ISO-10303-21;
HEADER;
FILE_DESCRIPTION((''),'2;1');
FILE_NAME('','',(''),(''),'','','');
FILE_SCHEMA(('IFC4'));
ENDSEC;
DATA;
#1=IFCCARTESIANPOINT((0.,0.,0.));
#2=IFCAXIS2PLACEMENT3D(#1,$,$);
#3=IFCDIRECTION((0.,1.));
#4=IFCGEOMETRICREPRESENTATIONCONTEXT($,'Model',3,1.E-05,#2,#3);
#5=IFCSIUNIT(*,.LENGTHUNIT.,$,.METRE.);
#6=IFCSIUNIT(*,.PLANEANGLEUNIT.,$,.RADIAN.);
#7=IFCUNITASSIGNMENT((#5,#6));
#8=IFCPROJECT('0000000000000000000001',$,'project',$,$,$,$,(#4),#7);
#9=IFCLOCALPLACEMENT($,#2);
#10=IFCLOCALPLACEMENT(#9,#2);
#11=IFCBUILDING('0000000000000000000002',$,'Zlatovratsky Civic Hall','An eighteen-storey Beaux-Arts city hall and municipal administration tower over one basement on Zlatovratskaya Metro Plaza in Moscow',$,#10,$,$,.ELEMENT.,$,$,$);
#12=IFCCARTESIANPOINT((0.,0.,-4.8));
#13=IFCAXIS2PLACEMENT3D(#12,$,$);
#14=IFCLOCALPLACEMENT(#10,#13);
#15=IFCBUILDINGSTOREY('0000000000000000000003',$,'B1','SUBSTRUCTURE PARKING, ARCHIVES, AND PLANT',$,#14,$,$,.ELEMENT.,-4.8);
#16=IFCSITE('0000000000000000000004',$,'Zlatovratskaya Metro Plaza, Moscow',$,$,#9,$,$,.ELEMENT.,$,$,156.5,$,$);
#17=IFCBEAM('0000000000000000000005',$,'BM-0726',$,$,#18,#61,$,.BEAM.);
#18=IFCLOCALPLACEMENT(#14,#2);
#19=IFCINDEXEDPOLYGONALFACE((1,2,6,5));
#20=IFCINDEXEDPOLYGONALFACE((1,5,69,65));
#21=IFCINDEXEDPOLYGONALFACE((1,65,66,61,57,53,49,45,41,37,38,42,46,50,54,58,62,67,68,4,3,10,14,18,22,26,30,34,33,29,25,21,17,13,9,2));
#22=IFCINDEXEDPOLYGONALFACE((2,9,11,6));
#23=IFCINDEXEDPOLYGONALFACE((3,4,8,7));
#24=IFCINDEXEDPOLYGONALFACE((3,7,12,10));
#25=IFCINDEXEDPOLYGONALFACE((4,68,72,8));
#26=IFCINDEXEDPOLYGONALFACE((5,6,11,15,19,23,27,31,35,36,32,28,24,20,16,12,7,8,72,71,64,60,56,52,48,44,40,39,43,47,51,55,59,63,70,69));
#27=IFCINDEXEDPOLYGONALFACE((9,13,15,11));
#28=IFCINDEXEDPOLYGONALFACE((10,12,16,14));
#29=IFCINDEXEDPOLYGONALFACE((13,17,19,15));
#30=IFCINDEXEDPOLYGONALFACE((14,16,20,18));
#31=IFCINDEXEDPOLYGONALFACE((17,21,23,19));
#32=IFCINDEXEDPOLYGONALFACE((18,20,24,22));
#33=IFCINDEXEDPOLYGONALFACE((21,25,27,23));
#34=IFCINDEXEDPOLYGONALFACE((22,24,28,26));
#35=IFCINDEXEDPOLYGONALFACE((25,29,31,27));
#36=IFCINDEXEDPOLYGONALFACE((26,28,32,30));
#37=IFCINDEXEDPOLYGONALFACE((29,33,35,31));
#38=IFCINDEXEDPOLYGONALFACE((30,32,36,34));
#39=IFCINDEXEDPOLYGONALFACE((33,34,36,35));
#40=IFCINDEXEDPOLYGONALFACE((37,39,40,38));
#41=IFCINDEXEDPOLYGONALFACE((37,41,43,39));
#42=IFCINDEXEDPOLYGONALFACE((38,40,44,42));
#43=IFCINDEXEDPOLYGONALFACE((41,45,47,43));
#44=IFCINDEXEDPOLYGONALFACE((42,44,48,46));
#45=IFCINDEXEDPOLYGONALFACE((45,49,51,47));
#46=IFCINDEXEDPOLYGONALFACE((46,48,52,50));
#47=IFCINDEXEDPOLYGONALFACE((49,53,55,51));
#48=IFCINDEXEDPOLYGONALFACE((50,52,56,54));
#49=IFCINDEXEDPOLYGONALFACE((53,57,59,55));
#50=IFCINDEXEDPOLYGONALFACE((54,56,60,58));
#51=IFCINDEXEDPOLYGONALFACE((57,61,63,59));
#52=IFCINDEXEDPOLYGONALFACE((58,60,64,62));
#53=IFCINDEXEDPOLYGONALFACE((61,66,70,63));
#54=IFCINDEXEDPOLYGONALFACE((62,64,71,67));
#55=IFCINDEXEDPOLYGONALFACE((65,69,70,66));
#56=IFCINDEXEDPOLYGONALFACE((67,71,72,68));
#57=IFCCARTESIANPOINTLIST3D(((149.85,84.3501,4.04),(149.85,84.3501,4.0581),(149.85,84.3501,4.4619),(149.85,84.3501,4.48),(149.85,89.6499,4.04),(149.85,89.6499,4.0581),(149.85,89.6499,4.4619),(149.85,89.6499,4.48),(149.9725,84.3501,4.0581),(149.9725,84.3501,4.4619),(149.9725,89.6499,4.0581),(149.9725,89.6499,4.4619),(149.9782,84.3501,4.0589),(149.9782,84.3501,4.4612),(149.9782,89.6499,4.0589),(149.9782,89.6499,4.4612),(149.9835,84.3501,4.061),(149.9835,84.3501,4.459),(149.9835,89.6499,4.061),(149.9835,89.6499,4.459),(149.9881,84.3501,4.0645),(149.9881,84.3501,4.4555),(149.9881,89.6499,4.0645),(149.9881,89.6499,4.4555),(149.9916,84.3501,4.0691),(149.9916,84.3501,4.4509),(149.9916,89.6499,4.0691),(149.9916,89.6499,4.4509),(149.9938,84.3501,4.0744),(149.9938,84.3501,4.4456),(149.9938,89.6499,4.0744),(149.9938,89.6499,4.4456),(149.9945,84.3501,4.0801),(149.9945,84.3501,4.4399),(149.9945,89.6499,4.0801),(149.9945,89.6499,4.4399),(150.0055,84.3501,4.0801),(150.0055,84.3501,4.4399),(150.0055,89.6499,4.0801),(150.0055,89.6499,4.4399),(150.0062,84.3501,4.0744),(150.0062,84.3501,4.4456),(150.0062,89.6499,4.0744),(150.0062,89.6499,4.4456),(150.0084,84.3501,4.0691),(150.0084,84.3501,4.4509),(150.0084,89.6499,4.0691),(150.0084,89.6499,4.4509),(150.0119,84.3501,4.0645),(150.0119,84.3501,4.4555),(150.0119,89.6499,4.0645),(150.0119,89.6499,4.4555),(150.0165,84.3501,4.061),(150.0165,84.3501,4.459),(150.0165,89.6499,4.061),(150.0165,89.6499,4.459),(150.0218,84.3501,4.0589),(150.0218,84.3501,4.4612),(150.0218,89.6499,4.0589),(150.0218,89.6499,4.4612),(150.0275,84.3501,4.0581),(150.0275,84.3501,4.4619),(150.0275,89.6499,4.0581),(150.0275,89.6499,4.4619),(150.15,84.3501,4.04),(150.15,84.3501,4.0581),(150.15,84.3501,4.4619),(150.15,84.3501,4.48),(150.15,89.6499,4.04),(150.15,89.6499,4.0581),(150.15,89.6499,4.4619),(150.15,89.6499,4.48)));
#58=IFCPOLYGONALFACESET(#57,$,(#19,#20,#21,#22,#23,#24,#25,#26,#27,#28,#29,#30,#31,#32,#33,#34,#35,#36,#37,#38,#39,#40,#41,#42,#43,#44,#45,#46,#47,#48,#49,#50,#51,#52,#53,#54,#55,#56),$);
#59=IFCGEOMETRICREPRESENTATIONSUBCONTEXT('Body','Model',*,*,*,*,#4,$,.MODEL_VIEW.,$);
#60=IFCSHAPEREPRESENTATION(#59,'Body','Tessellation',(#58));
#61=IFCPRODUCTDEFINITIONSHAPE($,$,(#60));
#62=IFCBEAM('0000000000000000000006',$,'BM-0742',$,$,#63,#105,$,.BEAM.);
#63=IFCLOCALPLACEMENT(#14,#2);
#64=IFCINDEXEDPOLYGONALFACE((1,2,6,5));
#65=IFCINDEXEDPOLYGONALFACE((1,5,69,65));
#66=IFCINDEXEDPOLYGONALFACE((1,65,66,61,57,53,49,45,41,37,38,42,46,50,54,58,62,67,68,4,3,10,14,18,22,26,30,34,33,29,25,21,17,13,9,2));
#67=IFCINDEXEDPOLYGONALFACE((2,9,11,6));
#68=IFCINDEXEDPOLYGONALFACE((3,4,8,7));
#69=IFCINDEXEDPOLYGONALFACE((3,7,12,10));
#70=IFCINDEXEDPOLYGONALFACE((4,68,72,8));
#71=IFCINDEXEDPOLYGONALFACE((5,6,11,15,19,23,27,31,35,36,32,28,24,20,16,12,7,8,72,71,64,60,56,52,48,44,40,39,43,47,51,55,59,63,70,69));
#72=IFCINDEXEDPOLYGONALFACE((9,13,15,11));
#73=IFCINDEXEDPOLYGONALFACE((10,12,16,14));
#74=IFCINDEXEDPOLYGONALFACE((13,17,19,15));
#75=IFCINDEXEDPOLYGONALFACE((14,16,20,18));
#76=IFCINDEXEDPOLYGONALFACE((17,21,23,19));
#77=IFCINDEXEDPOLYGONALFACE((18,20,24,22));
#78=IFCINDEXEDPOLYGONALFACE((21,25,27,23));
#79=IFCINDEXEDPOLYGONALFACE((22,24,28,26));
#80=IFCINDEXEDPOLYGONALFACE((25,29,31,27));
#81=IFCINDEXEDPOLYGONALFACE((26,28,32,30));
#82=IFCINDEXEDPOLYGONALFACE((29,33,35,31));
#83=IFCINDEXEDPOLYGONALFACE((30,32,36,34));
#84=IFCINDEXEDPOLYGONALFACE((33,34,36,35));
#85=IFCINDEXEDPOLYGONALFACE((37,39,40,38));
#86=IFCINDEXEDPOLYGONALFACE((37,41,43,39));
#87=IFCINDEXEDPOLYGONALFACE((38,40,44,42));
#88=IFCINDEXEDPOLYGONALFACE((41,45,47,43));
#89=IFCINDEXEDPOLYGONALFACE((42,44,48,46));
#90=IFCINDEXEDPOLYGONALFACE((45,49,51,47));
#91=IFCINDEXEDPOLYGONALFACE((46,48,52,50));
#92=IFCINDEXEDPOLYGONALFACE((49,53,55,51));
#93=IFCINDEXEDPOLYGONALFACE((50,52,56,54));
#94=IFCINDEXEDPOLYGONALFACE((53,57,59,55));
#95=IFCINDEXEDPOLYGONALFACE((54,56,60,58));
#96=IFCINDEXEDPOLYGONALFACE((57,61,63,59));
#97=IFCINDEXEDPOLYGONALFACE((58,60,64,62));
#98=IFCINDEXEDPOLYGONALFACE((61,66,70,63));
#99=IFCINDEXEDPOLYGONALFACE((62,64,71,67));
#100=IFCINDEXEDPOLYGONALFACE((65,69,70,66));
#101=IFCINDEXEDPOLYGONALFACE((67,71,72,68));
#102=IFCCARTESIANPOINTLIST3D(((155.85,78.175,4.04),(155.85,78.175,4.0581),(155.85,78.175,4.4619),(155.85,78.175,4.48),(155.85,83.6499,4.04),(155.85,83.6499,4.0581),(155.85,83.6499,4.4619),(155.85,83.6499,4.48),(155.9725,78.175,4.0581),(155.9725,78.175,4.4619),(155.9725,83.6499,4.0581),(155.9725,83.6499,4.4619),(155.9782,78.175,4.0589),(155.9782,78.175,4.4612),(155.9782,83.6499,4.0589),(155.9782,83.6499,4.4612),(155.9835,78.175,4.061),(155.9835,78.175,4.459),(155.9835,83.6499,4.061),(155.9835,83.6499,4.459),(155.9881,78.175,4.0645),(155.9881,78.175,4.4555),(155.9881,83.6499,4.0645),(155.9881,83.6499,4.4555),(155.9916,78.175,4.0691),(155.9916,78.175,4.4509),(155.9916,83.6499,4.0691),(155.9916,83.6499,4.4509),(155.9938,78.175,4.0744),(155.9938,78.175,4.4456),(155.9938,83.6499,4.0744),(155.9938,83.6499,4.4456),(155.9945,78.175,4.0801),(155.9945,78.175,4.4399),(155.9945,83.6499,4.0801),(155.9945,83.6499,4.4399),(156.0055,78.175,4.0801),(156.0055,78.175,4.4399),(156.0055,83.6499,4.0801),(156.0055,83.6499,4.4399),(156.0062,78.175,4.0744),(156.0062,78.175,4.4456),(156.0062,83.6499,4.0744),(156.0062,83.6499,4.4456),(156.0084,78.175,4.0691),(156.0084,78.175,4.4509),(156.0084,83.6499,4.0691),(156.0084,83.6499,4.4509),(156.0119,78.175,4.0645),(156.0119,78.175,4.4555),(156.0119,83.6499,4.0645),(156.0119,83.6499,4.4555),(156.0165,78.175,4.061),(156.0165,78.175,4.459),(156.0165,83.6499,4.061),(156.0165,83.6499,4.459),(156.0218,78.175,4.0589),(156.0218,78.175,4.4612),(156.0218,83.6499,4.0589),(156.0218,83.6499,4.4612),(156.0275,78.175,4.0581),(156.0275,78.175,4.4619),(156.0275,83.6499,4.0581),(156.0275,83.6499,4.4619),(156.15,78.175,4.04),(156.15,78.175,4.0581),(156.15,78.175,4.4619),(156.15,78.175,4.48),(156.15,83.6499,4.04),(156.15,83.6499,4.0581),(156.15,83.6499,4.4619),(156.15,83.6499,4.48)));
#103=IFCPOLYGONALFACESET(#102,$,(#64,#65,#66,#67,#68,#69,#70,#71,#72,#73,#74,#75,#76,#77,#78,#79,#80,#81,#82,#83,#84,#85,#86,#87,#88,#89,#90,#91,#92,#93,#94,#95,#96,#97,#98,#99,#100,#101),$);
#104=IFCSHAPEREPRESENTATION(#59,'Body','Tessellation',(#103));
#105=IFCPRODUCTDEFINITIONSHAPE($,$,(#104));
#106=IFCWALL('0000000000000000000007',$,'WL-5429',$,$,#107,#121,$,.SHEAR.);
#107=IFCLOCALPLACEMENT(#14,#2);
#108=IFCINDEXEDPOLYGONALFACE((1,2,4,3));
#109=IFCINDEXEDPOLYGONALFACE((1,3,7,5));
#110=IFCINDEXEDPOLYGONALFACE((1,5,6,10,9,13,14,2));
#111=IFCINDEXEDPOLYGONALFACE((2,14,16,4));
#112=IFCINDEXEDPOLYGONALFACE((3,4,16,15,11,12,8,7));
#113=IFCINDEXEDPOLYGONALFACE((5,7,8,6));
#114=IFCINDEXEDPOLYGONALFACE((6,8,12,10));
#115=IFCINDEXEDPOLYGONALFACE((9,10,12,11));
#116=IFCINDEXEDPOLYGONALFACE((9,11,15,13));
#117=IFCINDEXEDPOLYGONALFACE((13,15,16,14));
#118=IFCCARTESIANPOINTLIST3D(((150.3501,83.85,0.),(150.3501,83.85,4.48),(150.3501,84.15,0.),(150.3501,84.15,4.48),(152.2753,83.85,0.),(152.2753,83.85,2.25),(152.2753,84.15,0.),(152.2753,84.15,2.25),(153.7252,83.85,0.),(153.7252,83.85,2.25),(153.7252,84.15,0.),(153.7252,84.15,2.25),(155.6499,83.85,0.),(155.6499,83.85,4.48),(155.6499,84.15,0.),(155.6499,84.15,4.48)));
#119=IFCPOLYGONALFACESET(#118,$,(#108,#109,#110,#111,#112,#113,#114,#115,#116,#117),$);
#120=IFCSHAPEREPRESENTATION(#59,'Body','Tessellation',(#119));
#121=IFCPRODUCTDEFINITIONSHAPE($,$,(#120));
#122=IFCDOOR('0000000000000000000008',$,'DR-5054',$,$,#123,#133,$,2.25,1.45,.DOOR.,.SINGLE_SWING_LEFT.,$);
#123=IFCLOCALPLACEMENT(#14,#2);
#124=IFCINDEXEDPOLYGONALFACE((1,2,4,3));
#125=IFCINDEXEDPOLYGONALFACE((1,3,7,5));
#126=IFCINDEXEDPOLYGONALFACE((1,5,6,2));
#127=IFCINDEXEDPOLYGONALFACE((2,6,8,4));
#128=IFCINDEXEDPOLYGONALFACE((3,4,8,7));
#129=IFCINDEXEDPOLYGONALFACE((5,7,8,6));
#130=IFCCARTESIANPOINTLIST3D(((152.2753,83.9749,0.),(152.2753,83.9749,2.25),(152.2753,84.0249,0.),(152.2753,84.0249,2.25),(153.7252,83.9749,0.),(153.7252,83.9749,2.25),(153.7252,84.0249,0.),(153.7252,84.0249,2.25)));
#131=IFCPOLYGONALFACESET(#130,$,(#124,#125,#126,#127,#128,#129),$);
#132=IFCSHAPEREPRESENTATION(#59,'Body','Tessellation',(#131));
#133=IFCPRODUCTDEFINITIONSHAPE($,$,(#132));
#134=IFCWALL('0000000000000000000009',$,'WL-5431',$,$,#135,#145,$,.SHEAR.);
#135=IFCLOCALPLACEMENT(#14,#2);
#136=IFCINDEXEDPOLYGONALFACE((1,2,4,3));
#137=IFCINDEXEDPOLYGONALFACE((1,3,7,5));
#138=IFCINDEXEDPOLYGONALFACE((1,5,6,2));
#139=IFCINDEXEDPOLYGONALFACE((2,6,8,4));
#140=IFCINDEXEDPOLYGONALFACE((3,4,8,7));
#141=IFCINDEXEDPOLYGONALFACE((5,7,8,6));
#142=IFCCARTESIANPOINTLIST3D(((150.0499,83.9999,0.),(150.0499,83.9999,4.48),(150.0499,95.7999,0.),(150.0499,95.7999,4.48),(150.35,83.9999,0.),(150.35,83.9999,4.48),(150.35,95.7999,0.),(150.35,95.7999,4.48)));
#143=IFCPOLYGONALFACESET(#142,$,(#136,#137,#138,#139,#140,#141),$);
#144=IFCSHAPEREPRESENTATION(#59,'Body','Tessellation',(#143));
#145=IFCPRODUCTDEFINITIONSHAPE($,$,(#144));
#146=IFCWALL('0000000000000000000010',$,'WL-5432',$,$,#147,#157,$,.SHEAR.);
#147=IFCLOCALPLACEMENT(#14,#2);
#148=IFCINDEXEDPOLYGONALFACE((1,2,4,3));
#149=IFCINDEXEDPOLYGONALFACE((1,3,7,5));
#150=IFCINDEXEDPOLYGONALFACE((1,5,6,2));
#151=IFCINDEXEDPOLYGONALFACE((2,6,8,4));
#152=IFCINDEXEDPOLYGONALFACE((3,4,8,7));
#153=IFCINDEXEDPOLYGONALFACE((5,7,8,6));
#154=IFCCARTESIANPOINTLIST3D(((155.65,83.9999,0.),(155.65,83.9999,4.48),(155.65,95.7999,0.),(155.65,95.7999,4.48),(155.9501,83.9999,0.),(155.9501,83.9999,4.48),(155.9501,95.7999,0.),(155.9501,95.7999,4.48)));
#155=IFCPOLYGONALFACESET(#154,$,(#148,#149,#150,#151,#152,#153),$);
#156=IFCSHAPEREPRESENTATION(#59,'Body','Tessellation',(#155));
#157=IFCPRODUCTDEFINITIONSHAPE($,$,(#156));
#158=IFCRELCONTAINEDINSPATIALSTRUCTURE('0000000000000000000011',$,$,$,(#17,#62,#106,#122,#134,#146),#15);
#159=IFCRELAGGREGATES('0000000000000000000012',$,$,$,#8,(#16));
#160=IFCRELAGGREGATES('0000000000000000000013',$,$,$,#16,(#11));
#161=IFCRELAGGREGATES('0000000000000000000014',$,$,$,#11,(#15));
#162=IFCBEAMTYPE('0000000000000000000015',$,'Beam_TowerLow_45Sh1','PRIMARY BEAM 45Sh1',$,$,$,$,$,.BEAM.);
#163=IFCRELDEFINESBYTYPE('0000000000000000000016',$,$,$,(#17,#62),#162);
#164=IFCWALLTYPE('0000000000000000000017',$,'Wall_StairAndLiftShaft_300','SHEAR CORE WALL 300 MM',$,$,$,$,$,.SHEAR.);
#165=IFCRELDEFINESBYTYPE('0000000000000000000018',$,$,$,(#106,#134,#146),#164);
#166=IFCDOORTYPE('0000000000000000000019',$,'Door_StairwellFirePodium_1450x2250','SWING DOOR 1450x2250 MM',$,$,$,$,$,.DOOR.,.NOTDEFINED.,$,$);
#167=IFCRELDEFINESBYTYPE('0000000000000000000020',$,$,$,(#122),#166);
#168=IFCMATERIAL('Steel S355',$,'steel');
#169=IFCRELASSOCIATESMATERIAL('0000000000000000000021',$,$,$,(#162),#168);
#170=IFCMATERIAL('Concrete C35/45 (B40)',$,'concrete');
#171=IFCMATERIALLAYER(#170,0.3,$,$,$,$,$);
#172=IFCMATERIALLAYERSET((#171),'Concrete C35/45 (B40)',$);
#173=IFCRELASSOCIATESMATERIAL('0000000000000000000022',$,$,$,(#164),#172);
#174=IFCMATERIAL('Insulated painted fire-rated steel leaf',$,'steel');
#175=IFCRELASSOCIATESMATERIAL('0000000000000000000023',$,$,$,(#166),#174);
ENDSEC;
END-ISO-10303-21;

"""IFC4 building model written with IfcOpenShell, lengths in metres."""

from ifc_helpers import new_model, si_unit, direction, frame, frame_2d, origin, origin_2d, place, context, subcontext, project, spatial, rectangle, i_section, extrude, material, layer, layer_set, material_profile, profile_set, type_object, element, fill, save


model = new_model("IFC4")

# Units and contexts
model_context = context("Model", 3, precision=1e-05, world=origin(), true_north=direction((0.0, 1.0)))
body_context = subcontext(model_context, "Body", "Model", "MODEL_VIEW")
ifc_project = project(units=[si_unit("LENGTHUNIT", "METRE"), si_unit("PLANEANGLEUNIT", "RADIAN")], contexts=[model_context])

# Site, building, storey
site_placement = place(None, origin())
site = spatial("IfcSite", under=ifc_project, at=site_placement, Name="Zlatovratskaya Metro Plaza, Moscow", CompositionType="ELEMENT", RefElevation=156.5)
building_placement = place(site_placement, origin())
building = spatial("IfcBuilding", under=site, at=building_placement, Name="Zlatovratsky Civic Hall", Description="An eighteen-storey Beaux-Arts city hall and municipal administration tower over one basement on Zlatovratskaya Metro Plaza in Moscow", CompositionType="ELEMENT")
storey_placement = place(building_placement, frame((0.0, 0.0, -4.8)))
storey = spatial("IfcBuildingStorey", under=building, at=storey_placement, Name="B1", Description="SUBSTRUCTURE PARKING, ARCHIVES, AND PLANT", CompositionType="ELEMENT", Elevation=-4.8)

# Shared definitions
ifc_material_1 = material(Name="Concrete C35/45 (B40)", Category="concrete")

# Beams
ifc_material_2 = material(Name="Steel S355", Category="steel")
ifc_material_profile_1 = material_profile(ifc_material_2, i_section(OverallWidth=0.3, OverallDepth=0.4399, WebThickness=0.011, FlangeThickness=0.0181, FilletRadius=0.022, at=origin_2d()), Name="45Sh1")
ifc_profile_set_1 = profile_set([ifc_material_profile_1], Name="Steel S355")
beam_type = type_object("IfcBeamType", Name="Beam_TowerLow_45Sh1", Description="PRIMARY BEAM 45Sh1", PredefinedType="BEAM", material=ifc_profile_set_1)
beam_1_placement = place(storey_placement, frame((150.0, 84.3501, 4.26), z_axis=(0.0, 1.0, 0.0), x_axis=(-1.0, 0.0, 0.0)))
element("IfcBeam", 1, at=beam_1_placement, inside=storey, type_object=beam_type, Name="BM-0726", PredefinedType="BEAM", context=body_context, shape_type="SweptSolid", body=[
    extrude(i_section(OverallWidth=0.3, OverallDepth=0.4399, WebThickness=0.011, FlangeThickness=0.0181, FilletRadius=0.022, at=origin_2d()), origin(), (0.0, 0.0, 1.0), 5.2998),
])
beam_2_placement = place(storey_placement, frame((156.0, 78.175, 4.26), z_axis=(0.0, 1.0, 0.0), x_axis=(-1.0, 0.0, 0.0)))
element("IfcBeam", 2, at=beam_2_placement, inside=storey, type_object=beam_type, Name="BM-0742", PredefinedType="BEAM", context=body_context, shape_type="SweptSolid", body=[
    extrude(i_section(OverallWidth=0.3, OverallDepth=0.4399, WebThickness=0.011, FlangeThickness=0.0181, FilletRadius=0.022, at=origin_2d()), origin(), (0.0, 0.0, 1.0), 5.4749),
])

# Wall, opening, door
ifc_layer = layer(ifc_material_1, 0.3)
ifc_layer_set = layer_set([ifc_layer], Name="Concrete C35/45 (B40)")
wall_type = type_object("IfcWallType", Name="Wall_StairAndLiftShaft_300", Description="SHEAR CORE WALL 300 MM", PredefinedType="SHEAR", material=ifc_layer_set)
wall_placement = place(storey_placement, frame((150.3501, 84.0, 0.0), z_axis=(0.0, 0.0, 1.0), x_axis=(1.0, 0.0, 0.0)))
wall = element("IfcWall", 3, at=wall_placement, inside=storey, type_object=wall_type, Name="WL-5429", PredefinedType="SHEAR", context=body_context, shape_type="SweptSolid", body=[
    extrude(rectangle(XDim=5.2998, YDim=0.3, at=frame_2d((2.6499, 0.0))), origin(), (0.0, 0.0, 1.0), 4.48),
])
opening_placement = place(wall_placement, frame((1.925, 0.0, 0.0)))
opening = element("IfcOpeningElement", 4, at=opening_placement, cuts=wall, PredefinedType="OPENING", context=body_context, shape_type="SweptSolid", body=[
    extrude(rectangle(XDim=1.45, YDim=2.25, at=frame_2d((0.7251, 1.125))), frame((0.0, 0.165, 0.0), z_axis=(0.0, -1.0, 0.0), x_axis=(1.0, 0.0, 0.0)), (0.0, 0.0, 1.0), 0.3298),
])
ifc_material_3 = material(Name="Insulated painted fire-rated steel leaf", Category="steel")
door_type = type_object("IfcDoorType", Name="Door_StairwellFirePodium_1450x2250", Description="SWING DOOR 1450x2250 MM", OperationType="NOTDEFINED", PredefinedType="DOOR", material=ifc_material_3)
door_placement = place(opening_placement, origin())
door = element("IfcDoor", 5, at=door_placement, inside=storey, type_object=door_type, Name="DR-5054", OperationType="SINGLE_SWING_LEFT", OverallHeight=2.25, OverallWidth=1.45, PredefinedType="DOOR", context=body_context, shape_type="SweptSolid", body=[
    extrude(rectangle(XDim=1.45, YDim=2.25, at=frame_2d((0.7251, 1.125))), frame((0.0, 0.0249, 0.0), z_axis=(0.0, -1.0, 0.0), x_axis=(1.0, 0.0, 0.0)), (0.0, 0.0, 1.0), 0.05),
])
fill(opening, door)

# Walls
for number, where, z_axis, x_axis, name in (
    (6, (150.2, 84.0, 0.0), (0.0, 0.0, 1.0), (0.0, 1.0, 0.0), "WL-5431"),
    (7, (155.8, 84.0, 0.0), (0.0, 0.0, 1.0), (0.0, 1.0, 0.0), "WL-5432"),
):
    element("IfcWall", number, at=place(storey_placement, frame(where, z_axis=z_axis, x_axis=x_axis)), inside=storey, type_object=wall_type, Name=name, PredefinedType="SHEAR", context=body_context, shape_type="SweptSolid", body=[
        extrude(rectangle(XDim=11.8, YDim=0.3, at=frame_2d((5.8999, 0.0))), origin(), (0.0, 0.0, 1.0), 4.48),
    ])

save(model, "model.ifc")
